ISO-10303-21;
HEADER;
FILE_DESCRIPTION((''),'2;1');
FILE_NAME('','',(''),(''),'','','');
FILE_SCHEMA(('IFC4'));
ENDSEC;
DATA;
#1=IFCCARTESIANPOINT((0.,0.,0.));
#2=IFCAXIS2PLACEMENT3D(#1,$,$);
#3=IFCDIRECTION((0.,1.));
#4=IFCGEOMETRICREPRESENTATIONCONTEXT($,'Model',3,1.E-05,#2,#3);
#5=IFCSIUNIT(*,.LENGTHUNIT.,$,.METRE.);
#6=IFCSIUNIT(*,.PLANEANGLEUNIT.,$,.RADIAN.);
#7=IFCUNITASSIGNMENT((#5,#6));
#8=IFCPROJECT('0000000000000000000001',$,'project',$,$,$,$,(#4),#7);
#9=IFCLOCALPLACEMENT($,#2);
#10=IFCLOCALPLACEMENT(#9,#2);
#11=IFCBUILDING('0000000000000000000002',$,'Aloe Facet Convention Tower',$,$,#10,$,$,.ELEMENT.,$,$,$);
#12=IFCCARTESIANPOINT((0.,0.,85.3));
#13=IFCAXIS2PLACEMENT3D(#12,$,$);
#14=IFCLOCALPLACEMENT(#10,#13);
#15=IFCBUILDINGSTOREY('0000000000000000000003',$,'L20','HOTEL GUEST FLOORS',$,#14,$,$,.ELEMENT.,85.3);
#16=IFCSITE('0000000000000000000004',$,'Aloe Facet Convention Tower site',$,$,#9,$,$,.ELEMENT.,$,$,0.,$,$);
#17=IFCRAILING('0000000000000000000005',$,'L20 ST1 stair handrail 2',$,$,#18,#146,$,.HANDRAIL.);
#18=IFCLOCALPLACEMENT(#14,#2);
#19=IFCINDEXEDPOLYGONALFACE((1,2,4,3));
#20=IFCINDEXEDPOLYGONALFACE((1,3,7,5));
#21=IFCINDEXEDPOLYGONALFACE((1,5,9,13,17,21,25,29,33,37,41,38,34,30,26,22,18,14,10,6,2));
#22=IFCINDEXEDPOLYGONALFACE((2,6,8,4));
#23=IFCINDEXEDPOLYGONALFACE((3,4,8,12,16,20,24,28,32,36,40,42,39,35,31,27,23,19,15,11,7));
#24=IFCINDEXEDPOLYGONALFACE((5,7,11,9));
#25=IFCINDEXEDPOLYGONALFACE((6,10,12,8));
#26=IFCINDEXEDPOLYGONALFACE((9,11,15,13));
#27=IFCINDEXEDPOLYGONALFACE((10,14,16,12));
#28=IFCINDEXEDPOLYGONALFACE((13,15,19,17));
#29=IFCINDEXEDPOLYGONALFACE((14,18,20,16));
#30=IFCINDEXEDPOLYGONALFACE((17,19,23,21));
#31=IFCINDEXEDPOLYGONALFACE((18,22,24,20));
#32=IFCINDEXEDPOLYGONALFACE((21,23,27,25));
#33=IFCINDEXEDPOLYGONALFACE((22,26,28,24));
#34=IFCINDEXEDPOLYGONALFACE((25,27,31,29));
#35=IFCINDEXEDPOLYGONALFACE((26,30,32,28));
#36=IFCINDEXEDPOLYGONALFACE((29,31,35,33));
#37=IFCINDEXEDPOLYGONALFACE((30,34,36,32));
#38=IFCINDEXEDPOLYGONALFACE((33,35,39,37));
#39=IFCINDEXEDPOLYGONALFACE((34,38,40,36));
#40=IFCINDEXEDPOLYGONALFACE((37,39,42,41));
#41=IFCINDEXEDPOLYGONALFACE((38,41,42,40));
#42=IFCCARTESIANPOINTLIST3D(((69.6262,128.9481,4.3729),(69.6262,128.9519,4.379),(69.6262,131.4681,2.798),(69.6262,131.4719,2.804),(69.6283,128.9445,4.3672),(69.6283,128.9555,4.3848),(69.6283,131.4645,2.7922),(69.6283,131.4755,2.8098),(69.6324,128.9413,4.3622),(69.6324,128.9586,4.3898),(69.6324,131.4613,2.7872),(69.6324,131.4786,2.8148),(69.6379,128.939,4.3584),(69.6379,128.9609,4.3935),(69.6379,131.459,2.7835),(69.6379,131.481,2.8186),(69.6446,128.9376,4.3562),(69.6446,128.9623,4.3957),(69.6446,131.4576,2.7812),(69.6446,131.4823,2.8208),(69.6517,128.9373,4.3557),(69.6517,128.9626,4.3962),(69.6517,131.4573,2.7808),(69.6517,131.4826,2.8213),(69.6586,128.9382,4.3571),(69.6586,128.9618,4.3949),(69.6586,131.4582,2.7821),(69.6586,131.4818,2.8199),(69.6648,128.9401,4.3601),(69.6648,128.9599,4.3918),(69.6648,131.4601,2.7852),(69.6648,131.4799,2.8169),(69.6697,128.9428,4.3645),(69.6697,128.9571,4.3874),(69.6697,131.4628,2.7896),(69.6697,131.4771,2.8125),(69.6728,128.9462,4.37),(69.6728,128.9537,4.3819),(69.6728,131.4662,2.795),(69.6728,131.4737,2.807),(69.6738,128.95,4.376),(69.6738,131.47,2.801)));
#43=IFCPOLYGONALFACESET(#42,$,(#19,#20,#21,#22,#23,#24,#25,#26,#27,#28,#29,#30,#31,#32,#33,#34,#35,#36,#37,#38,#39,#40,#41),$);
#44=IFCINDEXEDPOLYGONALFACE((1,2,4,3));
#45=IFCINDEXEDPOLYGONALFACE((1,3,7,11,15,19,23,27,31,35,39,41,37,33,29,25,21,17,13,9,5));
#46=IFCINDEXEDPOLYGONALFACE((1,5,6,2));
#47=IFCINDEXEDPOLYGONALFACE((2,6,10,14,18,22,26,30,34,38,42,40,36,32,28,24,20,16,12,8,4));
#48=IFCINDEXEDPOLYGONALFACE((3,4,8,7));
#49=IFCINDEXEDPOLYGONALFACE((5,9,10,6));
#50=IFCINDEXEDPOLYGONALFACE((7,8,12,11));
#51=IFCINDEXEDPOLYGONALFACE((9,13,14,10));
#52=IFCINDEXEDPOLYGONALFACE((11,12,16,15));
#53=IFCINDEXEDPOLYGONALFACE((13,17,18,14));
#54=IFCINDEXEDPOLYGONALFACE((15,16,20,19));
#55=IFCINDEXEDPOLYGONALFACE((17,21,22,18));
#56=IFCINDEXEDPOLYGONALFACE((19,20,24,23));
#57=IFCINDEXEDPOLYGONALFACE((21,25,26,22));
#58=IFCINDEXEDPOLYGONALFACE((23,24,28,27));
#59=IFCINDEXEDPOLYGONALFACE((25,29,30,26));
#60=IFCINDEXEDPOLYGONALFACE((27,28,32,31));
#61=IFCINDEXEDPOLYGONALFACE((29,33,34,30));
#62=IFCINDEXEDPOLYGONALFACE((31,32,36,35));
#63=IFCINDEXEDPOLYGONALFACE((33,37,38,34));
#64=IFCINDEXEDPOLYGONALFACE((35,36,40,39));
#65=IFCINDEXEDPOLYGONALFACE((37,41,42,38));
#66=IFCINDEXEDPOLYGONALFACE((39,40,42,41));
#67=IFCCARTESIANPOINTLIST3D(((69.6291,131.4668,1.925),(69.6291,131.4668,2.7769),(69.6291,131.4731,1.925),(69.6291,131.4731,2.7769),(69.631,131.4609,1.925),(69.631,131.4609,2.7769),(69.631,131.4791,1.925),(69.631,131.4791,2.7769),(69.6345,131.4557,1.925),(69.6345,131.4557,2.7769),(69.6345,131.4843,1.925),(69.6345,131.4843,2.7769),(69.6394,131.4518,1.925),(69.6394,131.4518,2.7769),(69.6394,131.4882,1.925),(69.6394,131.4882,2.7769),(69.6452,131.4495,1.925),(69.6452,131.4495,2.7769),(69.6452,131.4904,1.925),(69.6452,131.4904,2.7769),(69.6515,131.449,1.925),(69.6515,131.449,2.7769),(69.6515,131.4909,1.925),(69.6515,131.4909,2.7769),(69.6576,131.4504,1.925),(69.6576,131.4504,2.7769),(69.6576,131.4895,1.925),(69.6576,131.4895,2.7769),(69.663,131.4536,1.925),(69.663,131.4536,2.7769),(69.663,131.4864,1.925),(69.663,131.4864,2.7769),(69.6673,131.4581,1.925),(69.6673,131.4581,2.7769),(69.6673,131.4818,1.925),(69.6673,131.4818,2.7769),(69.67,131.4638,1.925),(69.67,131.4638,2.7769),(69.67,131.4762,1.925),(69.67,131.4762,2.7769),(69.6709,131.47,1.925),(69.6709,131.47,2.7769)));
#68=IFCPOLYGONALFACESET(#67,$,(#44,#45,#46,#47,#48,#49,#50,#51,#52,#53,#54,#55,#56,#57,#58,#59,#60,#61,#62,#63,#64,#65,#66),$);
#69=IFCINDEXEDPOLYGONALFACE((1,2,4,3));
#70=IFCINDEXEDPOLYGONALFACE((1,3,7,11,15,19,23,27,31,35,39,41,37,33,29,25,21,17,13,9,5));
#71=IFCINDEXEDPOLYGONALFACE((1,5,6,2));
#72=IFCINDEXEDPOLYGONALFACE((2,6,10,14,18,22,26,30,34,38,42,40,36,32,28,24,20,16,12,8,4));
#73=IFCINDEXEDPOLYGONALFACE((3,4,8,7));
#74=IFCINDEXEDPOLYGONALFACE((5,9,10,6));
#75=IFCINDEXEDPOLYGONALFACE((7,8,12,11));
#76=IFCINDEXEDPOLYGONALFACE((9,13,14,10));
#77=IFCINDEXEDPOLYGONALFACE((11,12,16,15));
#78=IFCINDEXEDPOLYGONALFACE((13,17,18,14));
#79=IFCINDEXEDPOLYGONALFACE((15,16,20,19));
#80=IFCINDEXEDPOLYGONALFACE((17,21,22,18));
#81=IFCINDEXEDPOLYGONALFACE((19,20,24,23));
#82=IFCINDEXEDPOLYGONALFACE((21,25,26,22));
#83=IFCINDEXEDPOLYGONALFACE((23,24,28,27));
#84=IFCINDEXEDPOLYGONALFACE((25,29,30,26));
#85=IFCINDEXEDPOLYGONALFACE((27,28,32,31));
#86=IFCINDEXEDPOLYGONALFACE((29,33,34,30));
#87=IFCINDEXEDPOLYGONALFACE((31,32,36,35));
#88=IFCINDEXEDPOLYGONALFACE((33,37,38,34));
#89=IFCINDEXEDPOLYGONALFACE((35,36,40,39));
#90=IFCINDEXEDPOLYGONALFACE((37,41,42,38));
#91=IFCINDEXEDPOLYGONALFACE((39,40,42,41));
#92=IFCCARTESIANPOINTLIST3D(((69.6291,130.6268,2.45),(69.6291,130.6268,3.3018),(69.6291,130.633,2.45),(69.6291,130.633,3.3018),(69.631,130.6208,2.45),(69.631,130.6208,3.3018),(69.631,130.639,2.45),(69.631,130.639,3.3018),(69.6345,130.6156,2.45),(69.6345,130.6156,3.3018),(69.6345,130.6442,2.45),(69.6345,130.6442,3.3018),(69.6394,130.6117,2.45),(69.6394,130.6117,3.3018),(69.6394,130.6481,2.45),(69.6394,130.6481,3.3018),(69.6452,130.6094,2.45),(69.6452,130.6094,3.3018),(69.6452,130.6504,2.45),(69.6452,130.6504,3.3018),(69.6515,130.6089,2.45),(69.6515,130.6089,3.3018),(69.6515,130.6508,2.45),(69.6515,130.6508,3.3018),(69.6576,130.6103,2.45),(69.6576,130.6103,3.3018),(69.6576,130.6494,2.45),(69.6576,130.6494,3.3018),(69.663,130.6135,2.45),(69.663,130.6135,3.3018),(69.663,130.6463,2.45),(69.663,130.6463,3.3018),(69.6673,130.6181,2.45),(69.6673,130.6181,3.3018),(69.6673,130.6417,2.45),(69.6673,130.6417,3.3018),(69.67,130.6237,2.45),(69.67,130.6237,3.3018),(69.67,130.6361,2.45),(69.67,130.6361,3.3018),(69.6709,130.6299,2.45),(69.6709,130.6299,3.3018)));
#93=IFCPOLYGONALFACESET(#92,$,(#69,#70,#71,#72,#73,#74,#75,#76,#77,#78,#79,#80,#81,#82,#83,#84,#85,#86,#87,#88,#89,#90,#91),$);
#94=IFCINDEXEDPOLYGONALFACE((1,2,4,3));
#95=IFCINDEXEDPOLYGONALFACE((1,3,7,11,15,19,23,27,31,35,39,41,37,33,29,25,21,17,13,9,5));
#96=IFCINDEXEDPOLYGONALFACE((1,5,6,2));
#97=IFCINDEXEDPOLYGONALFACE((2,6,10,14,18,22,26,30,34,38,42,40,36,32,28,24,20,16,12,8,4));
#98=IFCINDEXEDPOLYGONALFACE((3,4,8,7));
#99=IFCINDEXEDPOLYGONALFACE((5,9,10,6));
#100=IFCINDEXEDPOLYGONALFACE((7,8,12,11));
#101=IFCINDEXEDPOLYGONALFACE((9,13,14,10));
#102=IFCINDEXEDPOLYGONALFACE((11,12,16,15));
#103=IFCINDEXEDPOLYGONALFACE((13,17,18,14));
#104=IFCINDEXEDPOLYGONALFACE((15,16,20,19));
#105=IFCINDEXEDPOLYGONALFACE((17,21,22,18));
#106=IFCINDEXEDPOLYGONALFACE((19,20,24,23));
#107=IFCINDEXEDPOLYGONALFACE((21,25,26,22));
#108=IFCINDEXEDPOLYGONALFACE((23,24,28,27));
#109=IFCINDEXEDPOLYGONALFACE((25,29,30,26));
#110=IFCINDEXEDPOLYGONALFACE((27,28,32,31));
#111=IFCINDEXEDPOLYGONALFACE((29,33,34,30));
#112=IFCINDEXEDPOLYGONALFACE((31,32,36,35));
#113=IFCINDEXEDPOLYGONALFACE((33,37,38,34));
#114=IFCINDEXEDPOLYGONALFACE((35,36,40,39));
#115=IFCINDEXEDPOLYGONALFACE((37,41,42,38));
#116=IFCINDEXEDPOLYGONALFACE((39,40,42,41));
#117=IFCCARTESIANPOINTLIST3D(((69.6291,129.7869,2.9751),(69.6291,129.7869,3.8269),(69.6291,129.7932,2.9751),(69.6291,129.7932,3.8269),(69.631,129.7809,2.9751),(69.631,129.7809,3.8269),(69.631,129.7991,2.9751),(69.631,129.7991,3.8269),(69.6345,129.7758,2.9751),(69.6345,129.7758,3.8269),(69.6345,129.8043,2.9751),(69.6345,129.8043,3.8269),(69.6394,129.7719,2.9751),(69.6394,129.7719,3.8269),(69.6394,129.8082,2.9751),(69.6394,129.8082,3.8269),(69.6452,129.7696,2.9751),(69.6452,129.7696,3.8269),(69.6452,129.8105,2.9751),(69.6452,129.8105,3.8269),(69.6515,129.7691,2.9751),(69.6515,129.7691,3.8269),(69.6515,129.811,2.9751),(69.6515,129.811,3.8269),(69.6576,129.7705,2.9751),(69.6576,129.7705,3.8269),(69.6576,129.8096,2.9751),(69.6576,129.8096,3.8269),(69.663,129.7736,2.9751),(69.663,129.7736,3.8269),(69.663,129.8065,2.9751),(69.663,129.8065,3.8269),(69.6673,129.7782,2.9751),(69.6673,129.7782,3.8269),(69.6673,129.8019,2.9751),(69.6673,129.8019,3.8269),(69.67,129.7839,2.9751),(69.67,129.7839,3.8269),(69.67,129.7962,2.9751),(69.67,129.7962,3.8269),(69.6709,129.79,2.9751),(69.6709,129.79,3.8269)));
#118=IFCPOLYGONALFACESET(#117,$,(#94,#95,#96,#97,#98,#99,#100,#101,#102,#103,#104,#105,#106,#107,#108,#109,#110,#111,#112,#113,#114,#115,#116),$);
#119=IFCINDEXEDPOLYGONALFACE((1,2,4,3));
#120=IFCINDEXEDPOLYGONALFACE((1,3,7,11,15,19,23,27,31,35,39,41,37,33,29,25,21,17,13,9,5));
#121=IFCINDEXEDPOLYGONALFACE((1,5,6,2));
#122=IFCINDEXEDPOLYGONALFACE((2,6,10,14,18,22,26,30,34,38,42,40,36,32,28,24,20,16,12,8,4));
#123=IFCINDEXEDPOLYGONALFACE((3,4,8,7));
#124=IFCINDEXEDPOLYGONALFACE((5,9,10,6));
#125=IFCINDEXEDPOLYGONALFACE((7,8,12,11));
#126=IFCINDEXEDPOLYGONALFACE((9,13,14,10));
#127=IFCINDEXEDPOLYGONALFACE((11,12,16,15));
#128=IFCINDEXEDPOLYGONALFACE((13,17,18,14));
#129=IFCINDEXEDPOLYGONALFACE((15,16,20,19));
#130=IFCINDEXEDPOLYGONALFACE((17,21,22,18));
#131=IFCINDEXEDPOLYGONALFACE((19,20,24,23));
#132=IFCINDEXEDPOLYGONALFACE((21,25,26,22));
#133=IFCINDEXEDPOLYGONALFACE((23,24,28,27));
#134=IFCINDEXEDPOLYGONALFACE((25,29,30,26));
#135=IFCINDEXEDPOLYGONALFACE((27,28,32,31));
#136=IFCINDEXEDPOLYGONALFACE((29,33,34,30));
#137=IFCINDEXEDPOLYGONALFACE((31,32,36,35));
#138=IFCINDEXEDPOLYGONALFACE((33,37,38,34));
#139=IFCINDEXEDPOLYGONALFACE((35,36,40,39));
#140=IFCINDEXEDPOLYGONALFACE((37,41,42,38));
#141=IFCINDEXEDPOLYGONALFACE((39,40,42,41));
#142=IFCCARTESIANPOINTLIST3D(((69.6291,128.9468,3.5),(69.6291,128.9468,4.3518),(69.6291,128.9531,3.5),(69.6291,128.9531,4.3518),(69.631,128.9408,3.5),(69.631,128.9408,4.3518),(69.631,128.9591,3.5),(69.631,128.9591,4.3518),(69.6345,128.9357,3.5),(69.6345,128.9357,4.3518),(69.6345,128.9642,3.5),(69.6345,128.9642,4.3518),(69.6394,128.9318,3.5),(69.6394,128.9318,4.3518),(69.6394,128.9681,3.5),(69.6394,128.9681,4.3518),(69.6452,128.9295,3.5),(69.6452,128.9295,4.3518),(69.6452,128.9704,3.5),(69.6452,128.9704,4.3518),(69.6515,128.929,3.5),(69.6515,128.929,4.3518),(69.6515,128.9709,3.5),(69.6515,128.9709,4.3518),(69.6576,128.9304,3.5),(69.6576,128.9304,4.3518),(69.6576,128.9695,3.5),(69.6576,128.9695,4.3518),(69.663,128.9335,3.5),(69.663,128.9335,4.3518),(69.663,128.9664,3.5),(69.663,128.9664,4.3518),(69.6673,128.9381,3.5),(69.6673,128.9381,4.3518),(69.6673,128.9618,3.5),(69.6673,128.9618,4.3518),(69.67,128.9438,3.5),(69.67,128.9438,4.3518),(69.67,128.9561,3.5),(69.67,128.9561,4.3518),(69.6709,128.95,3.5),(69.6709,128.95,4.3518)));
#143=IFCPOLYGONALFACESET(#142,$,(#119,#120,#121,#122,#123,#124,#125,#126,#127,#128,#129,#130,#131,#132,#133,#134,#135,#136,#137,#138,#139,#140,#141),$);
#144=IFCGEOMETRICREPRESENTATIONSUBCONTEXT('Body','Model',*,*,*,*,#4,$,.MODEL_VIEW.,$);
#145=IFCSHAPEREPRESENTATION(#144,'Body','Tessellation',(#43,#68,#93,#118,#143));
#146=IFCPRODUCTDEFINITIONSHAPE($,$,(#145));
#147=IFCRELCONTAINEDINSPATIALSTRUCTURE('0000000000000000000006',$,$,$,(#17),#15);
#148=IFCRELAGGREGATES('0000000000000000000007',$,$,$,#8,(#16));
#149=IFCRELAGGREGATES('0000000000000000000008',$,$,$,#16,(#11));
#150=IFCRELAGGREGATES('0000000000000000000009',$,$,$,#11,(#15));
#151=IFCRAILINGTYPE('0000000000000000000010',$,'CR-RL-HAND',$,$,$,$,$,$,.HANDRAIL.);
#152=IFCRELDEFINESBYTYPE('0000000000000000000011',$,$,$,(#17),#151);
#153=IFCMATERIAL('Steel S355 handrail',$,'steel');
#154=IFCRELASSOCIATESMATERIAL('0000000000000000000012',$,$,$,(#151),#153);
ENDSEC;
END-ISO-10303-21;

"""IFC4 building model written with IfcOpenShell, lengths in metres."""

from ifc_helpers import new_model, si_unit, direction, frame, origin, origin_2d, place, context, subcontext, project, spatial, circle, extrude, material, type_object, element, save


model = new_model("IFC4")

# Units and contexts
model_context = context("Model", 3, precision=1e-05, world=origin(), true_north=direction((0.0, 1.0)))
body_context = subcontext(model_context, "Body", "Model", "MODEL_VIEW")
ifc_project = project(units=[si_unit("LENGTHUNIT", "METRE"), si_unit("PLANEANGLEUNIT", "RADIAN")], contexts=[model_context])

# Site, building, storey
site_placement = place(None, origin())
site = spatial("IfcSite", under=ifc_project, at=site_placement, Name="Aloe Facet Convention Tower site", CompositionType="ELEMENT", RefElevation=0.0)
building_placement = place(site_placement, origin())
building = spatial("IfcBuilding", under=site, at=building_placement, Name="Aloe Facet Convention Tower", CompositionType="ELEMENT")
storey_placement = place(building_placement, frame((0.0, 0.0, 85.3)))
storey = spatial("IfcBuildingStorey", under=building, at=storey_placement, Name="L20", Description="HOTEL GUEST FLOORS", CompositionType="ELEMENT", Elevation=85.3)

# Railing
ifc_material_1 = material(Name="Steel S355 handrail", Category="steel")
railing_type_1 = type_object("IfcRailingType", Name="CR-RL-HAND", PredefinedType="HANDRAIL", material=ifc_material_1)
railing_1_placement = place(storey_placement, frame((69.6499, 131.47, 1.925)))
element("IfcRailing", 1, at=railing_1_placement, inside=storey, type_object=railing_type_1, Name="L20 ST1 stair handrail 2", PredefinedType="HANDRAIL", context=body_context, shape_type="SweptSolid", body=[
    extrude(circle(Radius=0.0239, at=origin_2d()), frame((0.0, 0.0, 0.876), z_axis=(0.0, -0.848008, 0.529984), x_axis=(1.0, 0.0, 0.0)), (0.0, 0.0, 1.0), 2.9717),
    extrude(circle(Radius=0.021, at=origin_2d()), origin(), (0.0, 0.0, 1.0), 0.8518),
    extrude(circle(Radius=0.021, at=origin_2d()), frame((0.0, -0.8401, 0.5249)), (0.0, 0.0, 1.0), 0.8518),
    extrude(circle(Radius=0.021, at=origin_2d()), frame((0.0, -1.6799, 1.05)), (0.0, 0.0, 1.0), 0.8518),
    extrude(circle(Radius=0.021, at=origin_2d()), frame((0.0, -2.52, 1.575)), (0.0, 0.0, 1.0), 0.8518),
])

save(model, "model.ifc")
